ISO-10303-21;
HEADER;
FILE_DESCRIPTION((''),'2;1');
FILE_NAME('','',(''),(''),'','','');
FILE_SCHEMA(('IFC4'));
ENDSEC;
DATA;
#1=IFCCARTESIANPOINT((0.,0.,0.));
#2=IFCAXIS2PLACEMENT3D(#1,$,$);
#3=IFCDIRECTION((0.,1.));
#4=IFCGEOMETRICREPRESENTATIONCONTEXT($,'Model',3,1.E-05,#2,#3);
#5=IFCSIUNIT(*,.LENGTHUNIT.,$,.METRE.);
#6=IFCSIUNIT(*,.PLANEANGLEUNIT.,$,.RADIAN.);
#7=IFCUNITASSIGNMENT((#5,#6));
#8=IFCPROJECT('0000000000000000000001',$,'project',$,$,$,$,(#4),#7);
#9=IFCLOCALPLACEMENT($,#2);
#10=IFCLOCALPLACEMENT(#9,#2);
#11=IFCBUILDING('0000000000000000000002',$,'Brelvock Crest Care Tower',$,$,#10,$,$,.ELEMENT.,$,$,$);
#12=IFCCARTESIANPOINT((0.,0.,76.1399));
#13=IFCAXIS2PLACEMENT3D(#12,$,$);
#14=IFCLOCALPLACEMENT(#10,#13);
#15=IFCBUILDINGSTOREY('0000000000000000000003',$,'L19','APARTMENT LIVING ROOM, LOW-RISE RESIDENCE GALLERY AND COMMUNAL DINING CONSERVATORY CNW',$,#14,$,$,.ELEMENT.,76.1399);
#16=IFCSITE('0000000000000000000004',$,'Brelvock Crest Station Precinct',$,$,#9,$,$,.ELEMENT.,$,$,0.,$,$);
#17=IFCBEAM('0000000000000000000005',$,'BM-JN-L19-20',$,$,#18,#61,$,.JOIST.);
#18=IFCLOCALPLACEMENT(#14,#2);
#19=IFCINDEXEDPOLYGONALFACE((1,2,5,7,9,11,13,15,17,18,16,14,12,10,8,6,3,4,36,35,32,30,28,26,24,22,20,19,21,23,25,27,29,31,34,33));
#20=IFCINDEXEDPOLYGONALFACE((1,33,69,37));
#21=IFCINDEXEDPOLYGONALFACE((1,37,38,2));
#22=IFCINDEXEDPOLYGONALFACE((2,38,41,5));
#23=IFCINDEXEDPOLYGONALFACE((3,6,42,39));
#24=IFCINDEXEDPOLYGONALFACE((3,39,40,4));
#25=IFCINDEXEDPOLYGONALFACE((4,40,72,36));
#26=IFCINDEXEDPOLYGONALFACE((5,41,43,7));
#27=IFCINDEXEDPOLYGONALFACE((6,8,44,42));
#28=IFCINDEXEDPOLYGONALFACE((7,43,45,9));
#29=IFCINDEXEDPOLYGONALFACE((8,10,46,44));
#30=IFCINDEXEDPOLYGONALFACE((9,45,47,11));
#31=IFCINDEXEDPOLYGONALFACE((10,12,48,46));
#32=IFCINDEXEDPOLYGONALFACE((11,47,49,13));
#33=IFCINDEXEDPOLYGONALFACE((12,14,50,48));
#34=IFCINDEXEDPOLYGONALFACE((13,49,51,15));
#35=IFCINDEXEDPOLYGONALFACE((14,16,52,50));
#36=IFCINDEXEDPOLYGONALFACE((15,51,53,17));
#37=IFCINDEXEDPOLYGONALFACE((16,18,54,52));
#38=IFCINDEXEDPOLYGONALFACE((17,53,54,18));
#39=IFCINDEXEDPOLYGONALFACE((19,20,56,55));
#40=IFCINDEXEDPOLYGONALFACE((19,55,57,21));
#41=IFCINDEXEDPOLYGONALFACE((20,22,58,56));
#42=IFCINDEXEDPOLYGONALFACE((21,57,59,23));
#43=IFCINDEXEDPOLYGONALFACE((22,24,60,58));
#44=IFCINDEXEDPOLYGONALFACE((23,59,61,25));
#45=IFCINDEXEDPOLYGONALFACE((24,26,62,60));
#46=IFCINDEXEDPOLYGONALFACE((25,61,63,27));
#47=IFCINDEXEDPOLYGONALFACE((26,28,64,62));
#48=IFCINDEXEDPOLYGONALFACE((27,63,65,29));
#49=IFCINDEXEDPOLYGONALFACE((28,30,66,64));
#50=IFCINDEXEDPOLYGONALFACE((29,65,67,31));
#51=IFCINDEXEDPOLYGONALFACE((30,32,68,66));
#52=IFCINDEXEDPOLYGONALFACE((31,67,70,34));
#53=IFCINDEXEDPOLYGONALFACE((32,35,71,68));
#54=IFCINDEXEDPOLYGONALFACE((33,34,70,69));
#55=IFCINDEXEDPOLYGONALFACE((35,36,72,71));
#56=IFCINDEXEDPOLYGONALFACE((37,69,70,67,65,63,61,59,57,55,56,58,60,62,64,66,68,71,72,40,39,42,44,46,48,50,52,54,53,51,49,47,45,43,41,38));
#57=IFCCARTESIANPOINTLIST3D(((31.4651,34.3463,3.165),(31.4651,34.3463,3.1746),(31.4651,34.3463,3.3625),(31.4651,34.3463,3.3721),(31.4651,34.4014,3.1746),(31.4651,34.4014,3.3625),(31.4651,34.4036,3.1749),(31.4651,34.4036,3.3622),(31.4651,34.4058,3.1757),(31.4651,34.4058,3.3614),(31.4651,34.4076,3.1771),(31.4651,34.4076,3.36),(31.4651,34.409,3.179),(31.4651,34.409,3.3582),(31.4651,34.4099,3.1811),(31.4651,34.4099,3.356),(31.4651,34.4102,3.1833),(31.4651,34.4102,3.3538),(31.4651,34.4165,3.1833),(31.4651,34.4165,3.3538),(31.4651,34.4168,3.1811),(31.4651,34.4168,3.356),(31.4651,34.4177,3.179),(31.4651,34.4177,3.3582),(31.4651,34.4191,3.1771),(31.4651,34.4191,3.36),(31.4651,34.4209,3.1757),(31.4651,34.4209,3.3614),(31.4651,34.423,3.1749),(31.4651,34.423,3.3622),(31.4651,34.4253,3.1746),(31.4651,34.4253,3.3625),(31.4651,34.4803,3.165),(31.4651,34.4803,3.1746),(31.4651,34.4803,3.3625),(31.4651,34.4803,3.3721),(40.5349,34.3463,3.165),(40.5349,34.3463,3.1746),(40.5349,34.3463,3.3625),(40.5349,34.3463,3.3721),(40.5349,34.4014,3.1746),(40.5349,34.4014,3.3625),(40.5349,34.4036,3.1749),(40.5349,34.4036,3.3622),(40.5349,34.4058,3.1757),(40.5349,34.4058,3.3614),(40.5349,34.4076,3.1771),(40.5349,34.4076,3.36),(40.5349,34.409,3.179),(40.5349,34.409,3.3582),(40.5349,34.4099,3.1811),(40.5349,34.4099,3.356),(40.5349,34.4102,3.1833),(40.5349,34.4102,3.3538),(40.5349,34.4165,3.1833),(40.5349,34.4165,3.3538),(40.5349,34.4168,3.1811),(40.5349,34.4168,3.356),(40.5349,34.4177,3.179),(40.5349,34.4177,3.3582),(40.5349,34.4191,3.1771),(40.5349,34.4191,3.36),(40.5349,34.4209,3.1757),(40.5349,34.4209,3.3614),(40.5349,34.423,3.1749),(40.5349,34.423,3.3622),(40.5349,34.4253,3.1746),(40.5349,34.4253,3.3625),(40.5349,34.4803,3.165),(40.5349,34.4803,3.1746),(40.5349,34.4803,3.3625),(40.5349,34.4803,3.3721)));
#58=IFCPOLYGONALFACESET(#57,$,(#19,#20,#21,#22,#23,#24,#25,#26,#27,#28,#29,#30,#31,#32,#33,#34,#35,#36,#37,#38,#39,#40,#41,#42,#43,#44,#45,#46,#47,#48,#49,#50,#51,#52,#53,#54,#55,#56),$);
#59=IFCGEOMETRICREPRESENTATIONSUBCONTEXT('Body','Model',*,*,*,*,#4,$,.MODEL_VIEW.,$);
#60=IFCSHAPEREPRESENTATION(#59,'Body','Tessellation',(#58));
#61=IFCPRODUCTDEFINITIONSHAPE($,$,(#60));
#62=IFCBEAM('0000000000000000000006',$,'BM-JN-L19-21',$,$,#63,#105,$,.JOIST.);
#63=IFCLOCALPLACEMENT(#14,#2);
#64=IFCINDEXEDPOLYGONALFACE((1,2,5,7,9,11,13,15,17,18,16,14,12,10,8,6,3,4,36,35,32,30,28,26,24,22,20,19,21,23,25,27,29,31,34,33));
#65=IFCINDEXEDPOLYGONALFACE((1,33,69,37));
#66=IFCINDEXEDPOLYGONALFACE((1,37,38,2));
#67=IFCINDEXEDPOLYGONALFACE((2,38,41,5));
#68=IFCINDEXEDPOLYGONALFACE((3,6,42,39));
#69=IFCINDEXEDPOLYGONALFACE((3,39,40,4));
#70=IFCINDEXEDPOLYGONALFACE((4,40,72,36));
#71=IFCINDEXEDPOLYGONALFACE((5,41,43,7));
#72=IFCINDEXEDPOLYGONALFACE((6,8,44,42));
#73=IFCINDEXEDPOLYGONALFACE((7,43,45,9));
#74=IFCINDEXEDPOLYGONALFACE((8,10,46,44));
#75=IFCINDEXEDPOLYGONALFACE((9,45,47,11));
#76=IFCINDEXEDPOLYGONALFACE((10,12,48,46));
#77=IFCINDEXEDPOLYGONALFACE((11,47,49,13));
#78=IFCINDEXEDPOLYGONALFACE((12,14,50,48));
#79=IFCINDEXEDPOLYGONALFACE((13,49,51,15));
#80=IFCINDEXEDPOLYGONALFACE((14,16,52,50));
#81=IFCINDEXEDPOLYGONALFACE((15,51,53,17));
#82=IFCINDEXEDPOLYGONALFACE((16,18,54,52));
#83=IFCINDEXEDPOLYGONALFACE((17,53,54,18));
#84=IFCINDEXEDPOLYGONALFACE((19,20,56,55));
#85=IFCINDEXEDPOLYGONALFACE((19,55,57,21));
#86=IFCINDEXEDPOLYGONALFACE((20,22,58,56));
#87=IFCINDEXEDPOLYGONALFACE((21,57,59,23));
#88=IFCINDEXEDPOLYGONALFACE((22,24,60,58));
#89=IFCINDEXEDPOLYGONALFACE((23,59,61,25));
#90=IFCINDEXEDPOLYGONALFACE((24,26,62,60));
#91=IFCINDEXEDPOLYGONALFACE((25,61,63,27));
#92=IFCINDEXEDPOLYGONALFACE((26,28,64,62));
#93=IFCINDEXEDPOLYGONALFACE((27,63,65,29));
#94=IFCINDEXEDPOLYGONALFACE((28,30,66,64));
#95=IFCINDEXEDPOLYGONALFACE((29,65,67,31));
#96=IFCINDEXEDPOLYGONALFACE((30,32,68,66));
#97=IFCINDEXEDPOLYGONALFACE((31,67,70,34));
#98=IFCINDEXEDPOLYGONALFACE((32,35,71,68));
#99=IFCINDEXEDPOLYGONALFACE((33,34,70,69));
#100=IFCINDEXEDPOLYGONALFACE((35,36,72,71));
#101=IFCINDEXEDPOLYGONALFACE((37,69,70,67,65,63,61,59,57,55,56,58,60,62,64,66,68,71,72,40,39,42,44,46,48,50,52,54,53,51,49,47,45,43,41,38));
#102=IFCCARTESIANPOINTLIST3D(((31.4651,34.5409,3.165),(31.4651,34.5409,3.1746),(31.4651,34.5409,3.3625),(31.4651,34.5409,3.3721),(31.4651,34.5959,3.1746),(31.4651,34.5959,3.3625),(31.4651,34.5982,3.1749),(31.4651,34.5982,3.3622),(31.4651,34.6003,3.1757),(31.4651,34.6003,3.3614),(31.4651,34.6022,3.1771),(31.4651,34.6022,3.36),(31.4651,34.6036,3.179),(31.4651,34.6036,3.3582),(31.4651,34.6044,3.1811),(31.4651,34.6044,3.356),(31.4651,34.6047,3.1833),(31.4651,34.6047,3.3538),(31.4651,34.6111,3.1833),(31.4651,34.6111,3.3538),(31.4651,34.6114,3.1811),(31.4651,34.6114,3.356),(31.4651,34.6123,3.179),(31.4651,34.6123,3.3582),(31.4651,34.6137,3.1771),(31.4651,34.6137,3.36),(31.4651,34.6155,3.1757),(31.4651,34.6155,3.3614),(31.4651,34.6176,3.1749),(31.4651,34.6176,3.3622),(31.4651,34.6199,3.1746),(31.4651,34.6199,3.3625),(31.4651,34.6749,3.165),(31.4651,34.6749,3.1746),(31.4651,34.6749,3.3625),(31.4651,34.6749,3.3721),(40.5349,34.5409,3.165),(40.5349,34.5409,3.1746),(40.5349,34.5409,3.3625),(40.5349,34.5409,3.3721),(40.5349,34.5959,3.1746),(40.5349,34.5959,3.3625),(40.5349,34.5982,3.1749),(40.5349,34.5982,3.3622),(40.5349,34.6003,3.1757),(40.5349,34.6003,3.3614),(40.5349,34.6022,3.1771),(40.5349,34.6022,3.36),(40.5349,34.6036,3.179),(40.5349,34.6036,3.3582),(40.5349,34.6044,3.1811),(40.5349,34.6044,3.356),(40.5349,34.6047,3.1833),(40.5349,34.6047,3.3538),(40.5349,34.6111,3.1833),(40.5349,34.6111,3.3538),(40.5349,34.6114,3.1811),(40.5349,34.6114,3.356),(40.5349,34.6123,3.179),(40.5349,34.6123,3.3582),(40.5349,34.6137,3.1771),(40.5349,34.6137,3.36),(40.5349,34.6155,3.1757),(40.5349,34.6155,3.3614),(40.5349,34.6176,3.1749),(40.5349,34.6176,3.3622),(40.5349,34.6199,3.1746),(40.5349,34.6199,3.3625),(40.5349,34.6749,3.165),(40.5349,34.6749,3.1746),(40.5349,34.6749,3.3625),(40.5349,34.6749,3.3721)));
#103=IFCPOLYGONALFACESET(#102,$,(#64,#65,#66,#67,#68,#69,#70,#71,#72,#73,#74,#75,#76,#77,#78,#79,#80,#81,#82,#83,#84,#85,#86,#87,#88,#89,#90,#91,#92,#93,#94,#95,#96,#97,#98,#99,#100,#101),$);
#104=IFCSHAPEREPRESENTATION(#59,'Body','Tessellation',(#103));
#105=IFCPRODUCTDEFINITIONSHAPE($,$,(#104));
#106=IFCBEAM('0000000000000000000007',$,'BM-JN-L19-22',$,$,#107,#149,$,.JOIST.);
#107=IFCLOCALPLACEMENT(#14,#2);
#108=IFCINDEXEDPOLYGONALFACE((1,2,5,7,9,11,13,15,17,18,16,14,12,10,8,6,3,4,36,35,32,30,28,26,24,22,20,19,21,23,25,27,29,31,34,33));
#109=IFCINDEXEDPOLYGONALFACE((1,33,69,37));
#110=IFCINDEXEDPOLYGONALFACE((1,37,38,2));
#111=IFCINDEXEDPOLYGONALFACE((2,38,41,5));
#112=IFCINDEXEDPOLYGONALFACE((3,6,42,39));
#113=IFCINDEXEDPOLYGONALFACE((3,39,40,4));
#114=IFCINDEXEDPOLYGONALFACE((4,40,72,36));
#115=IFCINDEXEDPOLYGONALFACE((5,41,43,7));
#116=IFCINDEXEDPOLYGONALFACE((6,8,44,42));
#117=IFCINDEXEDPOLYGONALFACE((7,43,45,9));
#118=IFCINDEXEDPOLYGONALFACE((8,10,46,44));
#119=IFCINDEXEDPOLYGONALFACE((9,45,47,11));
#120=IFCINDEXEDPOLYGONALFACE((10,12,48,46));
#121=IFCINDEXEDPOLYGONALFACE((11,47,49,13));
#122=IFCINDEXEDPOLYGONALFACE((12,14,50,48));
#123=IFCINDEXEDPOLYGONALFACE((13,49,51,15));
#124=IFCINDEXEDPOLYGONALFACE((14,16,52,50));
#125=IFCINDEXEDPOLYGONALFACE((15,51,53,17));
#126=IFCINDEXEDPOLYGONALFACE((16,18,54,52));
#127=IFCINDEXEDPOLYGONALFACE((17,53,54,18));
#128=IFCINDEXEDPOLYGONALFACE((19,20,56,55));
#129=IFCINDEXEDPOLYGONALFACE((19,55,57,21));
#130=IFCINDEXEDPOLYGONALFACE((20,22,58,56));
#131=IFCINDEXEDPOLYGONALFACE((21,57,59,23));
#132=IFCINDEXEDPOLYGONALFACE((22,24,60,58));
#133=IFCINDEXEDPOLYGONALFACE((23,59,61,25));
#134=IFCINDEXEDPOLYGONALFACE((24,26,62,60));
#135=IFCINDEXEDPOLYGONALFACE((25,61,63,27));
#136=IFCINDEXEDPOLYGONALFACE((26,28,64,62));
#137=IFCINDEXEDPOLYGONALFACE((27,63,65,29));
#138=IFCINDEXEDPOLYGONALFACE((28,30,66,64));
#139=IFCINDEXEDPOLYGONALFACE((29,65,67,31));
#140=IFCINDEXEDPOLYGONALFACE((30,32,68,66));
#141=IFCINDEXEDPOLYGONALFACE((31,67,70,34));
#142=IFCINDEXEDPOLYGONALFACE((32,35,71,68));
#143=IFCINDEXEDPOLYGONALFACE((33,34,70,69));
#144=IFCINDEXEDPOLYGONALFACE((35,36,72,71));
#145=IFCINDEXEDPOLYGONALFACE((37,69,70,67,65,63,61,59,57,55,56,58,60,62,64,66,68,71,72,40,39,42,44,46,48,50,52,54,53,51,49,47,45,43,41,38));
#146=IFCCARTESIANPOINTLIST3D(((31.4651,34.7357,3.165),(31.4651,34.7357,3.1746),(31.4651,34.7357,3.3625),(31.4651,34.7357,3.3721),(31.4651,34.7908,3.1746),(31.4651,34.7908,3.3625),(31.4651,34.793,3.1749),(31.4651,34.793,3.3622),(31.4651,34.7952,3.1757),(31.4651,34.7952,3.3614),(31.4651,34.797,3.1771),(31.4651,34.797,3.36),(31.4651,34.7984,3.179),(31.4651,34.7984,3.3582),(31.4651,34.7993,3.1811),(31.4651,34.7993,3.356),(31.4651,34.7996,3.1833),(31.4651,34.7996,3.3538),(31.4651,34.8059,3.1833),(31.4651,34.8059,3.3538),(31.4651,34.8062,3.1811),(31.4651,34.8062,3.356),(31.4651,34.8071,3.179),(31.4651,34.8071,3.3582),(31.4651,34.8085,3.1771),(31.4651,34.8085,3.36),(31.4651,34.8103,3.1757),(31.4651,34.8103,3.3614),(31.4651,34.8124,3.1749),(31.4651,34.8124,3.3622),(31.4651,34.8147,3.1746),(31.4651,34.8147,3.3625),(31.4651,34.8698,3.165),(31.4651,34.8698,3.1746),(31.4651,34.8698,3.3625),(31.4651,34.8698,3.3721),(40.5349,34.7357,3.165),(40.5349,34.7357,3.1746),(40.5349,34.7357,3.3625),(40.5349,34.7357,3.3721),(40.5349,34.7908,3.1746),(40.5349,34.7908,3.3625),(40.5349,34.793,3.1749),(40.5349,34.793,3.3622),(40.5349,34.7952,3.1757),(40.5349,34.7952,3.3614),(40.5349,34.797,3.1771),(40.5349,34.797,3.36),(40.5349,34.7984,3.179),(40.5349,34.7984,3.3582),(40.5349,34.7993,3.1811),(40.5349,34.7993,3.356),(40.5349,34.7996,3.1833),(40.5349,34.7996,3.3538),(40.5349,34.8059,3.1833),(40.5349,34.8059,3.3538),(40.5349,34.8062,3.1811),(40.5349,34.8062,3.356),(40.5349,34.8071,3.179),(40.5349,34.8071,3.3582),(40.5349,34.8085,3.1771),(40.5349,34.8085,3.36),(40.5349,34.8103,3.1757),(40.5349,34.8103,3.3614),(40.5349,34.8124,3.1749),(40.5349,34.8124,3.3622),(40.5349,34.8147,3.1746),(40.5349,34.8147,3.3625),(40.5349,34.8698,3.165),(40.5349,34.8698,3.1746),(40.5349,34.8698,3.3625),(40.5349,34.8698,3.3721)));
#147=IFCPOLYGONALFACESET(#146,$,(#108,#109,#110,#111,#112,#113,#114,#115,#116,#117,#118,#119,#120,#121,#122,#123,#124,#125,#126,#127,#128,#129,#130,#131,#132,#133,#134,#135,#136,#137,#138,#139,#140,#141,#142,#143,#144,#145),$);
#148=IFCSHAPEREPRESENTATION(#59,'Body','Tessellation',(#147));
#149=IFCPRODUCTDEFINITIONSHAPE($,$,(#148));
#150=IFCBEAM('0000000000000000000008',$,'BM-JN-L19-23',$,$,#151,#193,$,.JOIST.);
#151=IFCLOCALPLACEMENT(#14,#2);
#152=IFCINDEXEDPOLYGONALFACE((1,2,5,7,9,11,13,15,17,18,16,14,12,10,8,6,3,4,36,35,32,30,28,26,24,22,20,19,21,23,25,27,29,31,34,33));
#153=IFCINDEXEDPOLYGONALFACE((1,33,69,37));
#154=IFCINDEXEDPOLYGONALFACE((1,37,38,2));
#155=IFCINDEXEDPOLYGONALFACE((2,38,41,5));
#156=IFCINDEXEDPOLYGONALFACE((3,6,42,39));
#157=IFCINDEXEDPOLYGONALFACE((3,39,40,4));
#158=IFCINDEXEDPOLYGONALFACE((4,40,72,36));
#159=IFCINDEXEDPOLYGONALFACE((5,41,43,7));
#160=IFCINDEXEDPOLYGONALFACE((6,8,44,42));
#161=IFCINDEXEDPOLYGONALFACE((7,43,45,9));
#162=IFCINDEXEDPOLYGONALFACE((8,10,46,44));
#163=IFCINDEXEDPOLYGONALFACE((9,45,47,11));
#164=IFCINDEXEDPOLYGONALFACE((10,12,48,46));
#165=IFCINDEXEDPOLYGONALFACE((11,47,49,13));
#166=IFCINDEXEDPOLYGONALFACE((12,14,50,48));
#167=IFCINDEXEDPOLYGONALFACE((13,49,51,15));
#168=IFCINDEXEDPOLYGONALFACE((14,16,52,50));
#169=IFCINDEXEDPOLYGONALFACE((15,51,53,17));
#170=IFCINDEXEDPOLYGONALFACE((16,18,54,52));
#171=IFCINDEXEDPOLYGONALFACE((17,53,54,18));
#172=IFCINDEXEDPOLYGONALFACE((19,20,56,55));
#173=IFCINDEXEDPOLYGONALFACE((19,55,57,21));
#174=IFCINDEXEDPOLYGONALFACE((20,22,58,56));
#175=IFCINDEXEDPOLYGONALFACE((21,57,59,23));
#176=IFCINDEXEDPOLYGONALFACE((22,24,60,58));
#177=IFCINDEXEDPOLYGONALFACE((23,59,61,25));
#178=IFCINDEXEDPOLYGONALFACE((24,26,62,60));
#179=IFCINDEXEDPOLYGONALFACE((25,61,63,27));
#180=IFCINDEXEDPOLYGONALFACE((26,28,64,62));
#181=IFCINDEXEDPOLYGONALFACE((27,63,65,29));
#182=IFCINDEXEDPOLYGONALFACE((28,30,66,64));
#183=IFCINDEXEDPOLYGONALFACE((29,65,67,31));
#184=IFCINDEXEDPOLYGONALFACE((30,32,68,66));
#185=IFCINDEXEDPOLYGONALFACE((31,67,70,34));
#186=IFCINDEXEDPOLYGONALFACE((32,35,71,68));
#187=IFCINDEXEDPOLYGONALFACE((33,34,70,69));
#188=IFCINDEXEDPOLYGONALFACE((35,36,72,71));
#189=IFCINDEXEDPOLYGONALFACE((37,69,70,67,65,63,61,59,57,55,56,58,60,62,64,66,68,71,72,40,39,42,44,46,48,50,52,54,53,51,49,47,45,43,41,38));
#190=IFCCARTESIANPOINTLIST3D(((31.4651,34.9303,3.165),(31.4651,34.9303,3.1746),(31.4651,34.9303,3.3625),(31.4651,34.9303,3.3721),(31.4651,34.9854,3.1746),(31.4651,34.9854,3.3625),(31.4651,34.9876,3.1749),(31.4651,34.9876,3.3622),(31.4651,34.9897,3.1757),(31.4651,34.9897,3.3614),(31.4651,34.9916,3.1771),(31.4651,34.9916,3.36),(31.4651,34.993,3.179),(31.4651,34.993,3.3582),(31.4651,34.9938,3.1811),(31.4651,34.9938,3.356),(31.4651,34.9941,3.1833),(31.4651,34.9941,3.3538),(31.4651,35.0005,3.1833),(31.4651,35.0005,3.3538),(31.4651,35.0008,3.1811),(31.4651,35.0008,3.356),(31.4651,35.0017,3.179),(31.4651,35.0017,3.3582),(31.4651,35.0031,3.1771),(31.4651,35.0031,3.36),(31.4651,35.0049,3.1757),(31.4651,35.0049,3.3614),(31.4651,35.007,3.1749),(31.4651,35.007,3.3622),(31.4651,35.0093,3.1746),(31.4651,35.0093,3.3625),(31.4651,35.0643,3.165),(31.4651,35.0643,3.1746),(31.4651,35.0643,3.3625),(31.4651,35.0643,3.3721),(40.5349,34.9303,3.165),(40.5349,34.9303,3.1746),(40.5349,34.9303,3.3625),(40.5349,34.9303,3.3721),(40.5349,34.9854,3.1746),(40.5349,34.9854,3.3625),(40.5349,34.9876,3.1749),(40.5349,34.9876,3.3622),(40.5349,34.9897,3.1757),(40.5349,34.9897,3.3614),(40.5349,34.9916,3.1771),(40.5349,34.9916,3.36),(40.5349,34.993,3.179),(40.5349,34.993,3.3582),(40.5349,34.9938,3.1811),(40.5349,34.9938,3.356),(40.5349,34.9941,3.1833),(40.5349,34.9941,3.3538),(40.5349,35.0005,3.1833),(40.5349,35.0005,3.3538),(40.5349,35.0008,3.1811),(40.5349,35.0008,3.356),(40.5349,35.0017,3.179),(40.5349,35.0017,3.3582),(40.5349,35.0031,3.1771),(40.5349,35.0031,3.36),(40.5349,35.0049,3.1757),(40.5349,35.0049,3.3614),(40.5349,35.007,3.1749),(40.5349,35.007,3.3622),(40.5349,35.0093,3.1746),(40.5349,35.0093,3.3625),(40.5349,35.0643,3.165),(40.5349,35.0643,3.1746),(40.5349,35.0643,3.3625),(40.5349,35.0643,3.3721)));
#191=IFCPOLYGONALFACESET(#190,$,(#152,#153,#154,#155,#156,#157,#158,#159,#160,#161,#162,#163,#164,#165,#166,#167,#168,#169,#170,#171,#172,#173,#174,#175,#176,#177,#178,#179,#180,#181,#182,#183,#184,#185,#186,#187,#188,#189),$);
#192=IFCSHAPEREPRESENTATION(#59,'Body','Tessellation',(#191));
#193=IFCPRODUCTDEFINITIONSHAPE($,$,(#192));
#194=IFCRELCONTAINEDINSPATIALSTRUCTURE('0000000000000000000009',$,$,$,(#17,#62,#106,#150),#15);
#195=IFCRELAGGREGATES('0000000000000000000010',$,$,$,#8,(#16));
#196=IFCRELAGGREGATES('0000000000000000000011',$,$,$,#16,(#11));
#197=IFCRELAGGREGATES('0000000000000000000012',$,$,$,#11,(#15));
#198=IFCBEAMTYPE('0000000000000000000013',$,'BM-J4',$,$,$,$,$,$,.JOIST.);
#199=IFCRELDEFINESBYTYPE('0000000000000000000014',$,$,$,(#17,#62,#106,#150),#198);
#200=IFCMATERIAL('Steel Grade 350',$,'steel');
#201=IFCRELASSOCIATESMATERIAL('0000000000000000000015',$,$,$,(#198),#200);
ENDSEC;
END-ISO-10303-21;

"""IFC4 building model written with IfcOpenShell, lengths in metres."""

from ifc_helpers import new_model, si_unit, direction, frame, origin, origin_2d, place, context, subcontext, project, spatial, i_section, extrude, source, transform, mapped, material, material_profile, profile_set, type_object, element, save


model = new_model("IFC4")

# Units and contexts
model_context = context("Model", 3, precision=1e-05, world=origin(), true_north=direction((0.0, 1.0)))
body_context = subcontext(model_context, "Body", "Model", "MODEL_VIEW")
ifc_project = project(units=[si_unit("LENGTHUNIT", "METRE"), si_unit("PLANEANGLEUNIT", "RADIAN")], contexts=[model_context])

# Site, building, storey
site_placement = place(None, origin())
site = spatial("IfcSite", under=ifc_project, at=site_placement, Name="Brelvock Crest Station Precinct", CompositionType="ELEMENT", RefElevation=0.0)
building_placement = place(site_placement, origin())
building = spatial("IfcBuilding", under=site, at=building_placement, Name="Brelvock Crest Care Tower", CompositionType="ELEMENT")
storey_placement = place(building_placement, frame((0.0, 0.0, 76.1399)))
storey = spatial("IfcBuildingStorey", under=building, at=storey_placement, Name="L19", Description="APARTMENT LIVING ROOM, LOW-RISE RESIDENCE GALLERY AND COMMUNAL DINING CONSERVATORY CNW", CompositionType="ELEMENT", Elevation=76.1399)

# Shared definitions
ifc_material_1 = material(Name="Steel Grade 350", Category="steel")

# Beams
ifc_material_profile_1 = material_profile(ifc_material_1, i_section(OverallWidth=0.134, OverallDepth=0.207, WebThickness=0.0063, FlangeThickness=0.0095, FilletRadius=0.0088, at=origin_2d()), Name="200UB29.8")
ifc_profile_set_1 = profile_set([ifc_material_profile_1], Name="Steel Grade 350")
beam_type_1 = type_object("IfcBeamType", Name="BM-J4", PredefinedType="JOIST", material=ifc_profile_set_1)
shared_shape_1 = source(origin(), body_context, "Body", "SweptSolid", [
    extrude(i_section(OverallWidth=0.134, OverallDepth=0.207, WebThickness=0.0063, FlangeThickness=0.0095, FilletRadius=0.0088, at=origin_2d()), origin(), (0.0, 0.0, 1.0), 9.0698),
])
for number, where, z_axis, x_axis, name in (
    (1, (31.4651, 34.4133, 3.2686), (1.0, 0.0, 0.0), (0.0, 1.0, 0.0), "BM-JN-L19-20"),
    (2, (31.4651, 34.6079, 3.2686), (1.0, 0.0, 0.0), (0.0, 1.0, 0.0), "BM-JN-L19-21"),
    (3, (31.4651, 34.8027, 3.2686), (1.0, 0.0, 0.0), (0.0, 1.0, 0.0), "BM-JN-L19-22"),
    (4, (31.4651, 34.9973, 3.2686), (1.0, 0.0, 0.0), (0.0, 1.0, 0.0), "BM-JN-L19-23"),
):
    element("IfcBeam", number, at=place(storey_placement, frame(where, z_axis=z_axis, x_axis=x_axis)), inside=storey, type_object=beam_type_1, Name=name, PredefinedType="JOIST", context=body_context, shape_type="MappedRepresentation", body=[
        mapped(shared_shape_1, transform((0.0, 0.0, 0.0), x_axis=(1.0, 0.0, 0.0), y_axis=(0.0, 1.0, 0.0), z_axis=(0.0, 0.0, 1.0), scale=1.0)),
    ])

save(model, "model.ifc")
